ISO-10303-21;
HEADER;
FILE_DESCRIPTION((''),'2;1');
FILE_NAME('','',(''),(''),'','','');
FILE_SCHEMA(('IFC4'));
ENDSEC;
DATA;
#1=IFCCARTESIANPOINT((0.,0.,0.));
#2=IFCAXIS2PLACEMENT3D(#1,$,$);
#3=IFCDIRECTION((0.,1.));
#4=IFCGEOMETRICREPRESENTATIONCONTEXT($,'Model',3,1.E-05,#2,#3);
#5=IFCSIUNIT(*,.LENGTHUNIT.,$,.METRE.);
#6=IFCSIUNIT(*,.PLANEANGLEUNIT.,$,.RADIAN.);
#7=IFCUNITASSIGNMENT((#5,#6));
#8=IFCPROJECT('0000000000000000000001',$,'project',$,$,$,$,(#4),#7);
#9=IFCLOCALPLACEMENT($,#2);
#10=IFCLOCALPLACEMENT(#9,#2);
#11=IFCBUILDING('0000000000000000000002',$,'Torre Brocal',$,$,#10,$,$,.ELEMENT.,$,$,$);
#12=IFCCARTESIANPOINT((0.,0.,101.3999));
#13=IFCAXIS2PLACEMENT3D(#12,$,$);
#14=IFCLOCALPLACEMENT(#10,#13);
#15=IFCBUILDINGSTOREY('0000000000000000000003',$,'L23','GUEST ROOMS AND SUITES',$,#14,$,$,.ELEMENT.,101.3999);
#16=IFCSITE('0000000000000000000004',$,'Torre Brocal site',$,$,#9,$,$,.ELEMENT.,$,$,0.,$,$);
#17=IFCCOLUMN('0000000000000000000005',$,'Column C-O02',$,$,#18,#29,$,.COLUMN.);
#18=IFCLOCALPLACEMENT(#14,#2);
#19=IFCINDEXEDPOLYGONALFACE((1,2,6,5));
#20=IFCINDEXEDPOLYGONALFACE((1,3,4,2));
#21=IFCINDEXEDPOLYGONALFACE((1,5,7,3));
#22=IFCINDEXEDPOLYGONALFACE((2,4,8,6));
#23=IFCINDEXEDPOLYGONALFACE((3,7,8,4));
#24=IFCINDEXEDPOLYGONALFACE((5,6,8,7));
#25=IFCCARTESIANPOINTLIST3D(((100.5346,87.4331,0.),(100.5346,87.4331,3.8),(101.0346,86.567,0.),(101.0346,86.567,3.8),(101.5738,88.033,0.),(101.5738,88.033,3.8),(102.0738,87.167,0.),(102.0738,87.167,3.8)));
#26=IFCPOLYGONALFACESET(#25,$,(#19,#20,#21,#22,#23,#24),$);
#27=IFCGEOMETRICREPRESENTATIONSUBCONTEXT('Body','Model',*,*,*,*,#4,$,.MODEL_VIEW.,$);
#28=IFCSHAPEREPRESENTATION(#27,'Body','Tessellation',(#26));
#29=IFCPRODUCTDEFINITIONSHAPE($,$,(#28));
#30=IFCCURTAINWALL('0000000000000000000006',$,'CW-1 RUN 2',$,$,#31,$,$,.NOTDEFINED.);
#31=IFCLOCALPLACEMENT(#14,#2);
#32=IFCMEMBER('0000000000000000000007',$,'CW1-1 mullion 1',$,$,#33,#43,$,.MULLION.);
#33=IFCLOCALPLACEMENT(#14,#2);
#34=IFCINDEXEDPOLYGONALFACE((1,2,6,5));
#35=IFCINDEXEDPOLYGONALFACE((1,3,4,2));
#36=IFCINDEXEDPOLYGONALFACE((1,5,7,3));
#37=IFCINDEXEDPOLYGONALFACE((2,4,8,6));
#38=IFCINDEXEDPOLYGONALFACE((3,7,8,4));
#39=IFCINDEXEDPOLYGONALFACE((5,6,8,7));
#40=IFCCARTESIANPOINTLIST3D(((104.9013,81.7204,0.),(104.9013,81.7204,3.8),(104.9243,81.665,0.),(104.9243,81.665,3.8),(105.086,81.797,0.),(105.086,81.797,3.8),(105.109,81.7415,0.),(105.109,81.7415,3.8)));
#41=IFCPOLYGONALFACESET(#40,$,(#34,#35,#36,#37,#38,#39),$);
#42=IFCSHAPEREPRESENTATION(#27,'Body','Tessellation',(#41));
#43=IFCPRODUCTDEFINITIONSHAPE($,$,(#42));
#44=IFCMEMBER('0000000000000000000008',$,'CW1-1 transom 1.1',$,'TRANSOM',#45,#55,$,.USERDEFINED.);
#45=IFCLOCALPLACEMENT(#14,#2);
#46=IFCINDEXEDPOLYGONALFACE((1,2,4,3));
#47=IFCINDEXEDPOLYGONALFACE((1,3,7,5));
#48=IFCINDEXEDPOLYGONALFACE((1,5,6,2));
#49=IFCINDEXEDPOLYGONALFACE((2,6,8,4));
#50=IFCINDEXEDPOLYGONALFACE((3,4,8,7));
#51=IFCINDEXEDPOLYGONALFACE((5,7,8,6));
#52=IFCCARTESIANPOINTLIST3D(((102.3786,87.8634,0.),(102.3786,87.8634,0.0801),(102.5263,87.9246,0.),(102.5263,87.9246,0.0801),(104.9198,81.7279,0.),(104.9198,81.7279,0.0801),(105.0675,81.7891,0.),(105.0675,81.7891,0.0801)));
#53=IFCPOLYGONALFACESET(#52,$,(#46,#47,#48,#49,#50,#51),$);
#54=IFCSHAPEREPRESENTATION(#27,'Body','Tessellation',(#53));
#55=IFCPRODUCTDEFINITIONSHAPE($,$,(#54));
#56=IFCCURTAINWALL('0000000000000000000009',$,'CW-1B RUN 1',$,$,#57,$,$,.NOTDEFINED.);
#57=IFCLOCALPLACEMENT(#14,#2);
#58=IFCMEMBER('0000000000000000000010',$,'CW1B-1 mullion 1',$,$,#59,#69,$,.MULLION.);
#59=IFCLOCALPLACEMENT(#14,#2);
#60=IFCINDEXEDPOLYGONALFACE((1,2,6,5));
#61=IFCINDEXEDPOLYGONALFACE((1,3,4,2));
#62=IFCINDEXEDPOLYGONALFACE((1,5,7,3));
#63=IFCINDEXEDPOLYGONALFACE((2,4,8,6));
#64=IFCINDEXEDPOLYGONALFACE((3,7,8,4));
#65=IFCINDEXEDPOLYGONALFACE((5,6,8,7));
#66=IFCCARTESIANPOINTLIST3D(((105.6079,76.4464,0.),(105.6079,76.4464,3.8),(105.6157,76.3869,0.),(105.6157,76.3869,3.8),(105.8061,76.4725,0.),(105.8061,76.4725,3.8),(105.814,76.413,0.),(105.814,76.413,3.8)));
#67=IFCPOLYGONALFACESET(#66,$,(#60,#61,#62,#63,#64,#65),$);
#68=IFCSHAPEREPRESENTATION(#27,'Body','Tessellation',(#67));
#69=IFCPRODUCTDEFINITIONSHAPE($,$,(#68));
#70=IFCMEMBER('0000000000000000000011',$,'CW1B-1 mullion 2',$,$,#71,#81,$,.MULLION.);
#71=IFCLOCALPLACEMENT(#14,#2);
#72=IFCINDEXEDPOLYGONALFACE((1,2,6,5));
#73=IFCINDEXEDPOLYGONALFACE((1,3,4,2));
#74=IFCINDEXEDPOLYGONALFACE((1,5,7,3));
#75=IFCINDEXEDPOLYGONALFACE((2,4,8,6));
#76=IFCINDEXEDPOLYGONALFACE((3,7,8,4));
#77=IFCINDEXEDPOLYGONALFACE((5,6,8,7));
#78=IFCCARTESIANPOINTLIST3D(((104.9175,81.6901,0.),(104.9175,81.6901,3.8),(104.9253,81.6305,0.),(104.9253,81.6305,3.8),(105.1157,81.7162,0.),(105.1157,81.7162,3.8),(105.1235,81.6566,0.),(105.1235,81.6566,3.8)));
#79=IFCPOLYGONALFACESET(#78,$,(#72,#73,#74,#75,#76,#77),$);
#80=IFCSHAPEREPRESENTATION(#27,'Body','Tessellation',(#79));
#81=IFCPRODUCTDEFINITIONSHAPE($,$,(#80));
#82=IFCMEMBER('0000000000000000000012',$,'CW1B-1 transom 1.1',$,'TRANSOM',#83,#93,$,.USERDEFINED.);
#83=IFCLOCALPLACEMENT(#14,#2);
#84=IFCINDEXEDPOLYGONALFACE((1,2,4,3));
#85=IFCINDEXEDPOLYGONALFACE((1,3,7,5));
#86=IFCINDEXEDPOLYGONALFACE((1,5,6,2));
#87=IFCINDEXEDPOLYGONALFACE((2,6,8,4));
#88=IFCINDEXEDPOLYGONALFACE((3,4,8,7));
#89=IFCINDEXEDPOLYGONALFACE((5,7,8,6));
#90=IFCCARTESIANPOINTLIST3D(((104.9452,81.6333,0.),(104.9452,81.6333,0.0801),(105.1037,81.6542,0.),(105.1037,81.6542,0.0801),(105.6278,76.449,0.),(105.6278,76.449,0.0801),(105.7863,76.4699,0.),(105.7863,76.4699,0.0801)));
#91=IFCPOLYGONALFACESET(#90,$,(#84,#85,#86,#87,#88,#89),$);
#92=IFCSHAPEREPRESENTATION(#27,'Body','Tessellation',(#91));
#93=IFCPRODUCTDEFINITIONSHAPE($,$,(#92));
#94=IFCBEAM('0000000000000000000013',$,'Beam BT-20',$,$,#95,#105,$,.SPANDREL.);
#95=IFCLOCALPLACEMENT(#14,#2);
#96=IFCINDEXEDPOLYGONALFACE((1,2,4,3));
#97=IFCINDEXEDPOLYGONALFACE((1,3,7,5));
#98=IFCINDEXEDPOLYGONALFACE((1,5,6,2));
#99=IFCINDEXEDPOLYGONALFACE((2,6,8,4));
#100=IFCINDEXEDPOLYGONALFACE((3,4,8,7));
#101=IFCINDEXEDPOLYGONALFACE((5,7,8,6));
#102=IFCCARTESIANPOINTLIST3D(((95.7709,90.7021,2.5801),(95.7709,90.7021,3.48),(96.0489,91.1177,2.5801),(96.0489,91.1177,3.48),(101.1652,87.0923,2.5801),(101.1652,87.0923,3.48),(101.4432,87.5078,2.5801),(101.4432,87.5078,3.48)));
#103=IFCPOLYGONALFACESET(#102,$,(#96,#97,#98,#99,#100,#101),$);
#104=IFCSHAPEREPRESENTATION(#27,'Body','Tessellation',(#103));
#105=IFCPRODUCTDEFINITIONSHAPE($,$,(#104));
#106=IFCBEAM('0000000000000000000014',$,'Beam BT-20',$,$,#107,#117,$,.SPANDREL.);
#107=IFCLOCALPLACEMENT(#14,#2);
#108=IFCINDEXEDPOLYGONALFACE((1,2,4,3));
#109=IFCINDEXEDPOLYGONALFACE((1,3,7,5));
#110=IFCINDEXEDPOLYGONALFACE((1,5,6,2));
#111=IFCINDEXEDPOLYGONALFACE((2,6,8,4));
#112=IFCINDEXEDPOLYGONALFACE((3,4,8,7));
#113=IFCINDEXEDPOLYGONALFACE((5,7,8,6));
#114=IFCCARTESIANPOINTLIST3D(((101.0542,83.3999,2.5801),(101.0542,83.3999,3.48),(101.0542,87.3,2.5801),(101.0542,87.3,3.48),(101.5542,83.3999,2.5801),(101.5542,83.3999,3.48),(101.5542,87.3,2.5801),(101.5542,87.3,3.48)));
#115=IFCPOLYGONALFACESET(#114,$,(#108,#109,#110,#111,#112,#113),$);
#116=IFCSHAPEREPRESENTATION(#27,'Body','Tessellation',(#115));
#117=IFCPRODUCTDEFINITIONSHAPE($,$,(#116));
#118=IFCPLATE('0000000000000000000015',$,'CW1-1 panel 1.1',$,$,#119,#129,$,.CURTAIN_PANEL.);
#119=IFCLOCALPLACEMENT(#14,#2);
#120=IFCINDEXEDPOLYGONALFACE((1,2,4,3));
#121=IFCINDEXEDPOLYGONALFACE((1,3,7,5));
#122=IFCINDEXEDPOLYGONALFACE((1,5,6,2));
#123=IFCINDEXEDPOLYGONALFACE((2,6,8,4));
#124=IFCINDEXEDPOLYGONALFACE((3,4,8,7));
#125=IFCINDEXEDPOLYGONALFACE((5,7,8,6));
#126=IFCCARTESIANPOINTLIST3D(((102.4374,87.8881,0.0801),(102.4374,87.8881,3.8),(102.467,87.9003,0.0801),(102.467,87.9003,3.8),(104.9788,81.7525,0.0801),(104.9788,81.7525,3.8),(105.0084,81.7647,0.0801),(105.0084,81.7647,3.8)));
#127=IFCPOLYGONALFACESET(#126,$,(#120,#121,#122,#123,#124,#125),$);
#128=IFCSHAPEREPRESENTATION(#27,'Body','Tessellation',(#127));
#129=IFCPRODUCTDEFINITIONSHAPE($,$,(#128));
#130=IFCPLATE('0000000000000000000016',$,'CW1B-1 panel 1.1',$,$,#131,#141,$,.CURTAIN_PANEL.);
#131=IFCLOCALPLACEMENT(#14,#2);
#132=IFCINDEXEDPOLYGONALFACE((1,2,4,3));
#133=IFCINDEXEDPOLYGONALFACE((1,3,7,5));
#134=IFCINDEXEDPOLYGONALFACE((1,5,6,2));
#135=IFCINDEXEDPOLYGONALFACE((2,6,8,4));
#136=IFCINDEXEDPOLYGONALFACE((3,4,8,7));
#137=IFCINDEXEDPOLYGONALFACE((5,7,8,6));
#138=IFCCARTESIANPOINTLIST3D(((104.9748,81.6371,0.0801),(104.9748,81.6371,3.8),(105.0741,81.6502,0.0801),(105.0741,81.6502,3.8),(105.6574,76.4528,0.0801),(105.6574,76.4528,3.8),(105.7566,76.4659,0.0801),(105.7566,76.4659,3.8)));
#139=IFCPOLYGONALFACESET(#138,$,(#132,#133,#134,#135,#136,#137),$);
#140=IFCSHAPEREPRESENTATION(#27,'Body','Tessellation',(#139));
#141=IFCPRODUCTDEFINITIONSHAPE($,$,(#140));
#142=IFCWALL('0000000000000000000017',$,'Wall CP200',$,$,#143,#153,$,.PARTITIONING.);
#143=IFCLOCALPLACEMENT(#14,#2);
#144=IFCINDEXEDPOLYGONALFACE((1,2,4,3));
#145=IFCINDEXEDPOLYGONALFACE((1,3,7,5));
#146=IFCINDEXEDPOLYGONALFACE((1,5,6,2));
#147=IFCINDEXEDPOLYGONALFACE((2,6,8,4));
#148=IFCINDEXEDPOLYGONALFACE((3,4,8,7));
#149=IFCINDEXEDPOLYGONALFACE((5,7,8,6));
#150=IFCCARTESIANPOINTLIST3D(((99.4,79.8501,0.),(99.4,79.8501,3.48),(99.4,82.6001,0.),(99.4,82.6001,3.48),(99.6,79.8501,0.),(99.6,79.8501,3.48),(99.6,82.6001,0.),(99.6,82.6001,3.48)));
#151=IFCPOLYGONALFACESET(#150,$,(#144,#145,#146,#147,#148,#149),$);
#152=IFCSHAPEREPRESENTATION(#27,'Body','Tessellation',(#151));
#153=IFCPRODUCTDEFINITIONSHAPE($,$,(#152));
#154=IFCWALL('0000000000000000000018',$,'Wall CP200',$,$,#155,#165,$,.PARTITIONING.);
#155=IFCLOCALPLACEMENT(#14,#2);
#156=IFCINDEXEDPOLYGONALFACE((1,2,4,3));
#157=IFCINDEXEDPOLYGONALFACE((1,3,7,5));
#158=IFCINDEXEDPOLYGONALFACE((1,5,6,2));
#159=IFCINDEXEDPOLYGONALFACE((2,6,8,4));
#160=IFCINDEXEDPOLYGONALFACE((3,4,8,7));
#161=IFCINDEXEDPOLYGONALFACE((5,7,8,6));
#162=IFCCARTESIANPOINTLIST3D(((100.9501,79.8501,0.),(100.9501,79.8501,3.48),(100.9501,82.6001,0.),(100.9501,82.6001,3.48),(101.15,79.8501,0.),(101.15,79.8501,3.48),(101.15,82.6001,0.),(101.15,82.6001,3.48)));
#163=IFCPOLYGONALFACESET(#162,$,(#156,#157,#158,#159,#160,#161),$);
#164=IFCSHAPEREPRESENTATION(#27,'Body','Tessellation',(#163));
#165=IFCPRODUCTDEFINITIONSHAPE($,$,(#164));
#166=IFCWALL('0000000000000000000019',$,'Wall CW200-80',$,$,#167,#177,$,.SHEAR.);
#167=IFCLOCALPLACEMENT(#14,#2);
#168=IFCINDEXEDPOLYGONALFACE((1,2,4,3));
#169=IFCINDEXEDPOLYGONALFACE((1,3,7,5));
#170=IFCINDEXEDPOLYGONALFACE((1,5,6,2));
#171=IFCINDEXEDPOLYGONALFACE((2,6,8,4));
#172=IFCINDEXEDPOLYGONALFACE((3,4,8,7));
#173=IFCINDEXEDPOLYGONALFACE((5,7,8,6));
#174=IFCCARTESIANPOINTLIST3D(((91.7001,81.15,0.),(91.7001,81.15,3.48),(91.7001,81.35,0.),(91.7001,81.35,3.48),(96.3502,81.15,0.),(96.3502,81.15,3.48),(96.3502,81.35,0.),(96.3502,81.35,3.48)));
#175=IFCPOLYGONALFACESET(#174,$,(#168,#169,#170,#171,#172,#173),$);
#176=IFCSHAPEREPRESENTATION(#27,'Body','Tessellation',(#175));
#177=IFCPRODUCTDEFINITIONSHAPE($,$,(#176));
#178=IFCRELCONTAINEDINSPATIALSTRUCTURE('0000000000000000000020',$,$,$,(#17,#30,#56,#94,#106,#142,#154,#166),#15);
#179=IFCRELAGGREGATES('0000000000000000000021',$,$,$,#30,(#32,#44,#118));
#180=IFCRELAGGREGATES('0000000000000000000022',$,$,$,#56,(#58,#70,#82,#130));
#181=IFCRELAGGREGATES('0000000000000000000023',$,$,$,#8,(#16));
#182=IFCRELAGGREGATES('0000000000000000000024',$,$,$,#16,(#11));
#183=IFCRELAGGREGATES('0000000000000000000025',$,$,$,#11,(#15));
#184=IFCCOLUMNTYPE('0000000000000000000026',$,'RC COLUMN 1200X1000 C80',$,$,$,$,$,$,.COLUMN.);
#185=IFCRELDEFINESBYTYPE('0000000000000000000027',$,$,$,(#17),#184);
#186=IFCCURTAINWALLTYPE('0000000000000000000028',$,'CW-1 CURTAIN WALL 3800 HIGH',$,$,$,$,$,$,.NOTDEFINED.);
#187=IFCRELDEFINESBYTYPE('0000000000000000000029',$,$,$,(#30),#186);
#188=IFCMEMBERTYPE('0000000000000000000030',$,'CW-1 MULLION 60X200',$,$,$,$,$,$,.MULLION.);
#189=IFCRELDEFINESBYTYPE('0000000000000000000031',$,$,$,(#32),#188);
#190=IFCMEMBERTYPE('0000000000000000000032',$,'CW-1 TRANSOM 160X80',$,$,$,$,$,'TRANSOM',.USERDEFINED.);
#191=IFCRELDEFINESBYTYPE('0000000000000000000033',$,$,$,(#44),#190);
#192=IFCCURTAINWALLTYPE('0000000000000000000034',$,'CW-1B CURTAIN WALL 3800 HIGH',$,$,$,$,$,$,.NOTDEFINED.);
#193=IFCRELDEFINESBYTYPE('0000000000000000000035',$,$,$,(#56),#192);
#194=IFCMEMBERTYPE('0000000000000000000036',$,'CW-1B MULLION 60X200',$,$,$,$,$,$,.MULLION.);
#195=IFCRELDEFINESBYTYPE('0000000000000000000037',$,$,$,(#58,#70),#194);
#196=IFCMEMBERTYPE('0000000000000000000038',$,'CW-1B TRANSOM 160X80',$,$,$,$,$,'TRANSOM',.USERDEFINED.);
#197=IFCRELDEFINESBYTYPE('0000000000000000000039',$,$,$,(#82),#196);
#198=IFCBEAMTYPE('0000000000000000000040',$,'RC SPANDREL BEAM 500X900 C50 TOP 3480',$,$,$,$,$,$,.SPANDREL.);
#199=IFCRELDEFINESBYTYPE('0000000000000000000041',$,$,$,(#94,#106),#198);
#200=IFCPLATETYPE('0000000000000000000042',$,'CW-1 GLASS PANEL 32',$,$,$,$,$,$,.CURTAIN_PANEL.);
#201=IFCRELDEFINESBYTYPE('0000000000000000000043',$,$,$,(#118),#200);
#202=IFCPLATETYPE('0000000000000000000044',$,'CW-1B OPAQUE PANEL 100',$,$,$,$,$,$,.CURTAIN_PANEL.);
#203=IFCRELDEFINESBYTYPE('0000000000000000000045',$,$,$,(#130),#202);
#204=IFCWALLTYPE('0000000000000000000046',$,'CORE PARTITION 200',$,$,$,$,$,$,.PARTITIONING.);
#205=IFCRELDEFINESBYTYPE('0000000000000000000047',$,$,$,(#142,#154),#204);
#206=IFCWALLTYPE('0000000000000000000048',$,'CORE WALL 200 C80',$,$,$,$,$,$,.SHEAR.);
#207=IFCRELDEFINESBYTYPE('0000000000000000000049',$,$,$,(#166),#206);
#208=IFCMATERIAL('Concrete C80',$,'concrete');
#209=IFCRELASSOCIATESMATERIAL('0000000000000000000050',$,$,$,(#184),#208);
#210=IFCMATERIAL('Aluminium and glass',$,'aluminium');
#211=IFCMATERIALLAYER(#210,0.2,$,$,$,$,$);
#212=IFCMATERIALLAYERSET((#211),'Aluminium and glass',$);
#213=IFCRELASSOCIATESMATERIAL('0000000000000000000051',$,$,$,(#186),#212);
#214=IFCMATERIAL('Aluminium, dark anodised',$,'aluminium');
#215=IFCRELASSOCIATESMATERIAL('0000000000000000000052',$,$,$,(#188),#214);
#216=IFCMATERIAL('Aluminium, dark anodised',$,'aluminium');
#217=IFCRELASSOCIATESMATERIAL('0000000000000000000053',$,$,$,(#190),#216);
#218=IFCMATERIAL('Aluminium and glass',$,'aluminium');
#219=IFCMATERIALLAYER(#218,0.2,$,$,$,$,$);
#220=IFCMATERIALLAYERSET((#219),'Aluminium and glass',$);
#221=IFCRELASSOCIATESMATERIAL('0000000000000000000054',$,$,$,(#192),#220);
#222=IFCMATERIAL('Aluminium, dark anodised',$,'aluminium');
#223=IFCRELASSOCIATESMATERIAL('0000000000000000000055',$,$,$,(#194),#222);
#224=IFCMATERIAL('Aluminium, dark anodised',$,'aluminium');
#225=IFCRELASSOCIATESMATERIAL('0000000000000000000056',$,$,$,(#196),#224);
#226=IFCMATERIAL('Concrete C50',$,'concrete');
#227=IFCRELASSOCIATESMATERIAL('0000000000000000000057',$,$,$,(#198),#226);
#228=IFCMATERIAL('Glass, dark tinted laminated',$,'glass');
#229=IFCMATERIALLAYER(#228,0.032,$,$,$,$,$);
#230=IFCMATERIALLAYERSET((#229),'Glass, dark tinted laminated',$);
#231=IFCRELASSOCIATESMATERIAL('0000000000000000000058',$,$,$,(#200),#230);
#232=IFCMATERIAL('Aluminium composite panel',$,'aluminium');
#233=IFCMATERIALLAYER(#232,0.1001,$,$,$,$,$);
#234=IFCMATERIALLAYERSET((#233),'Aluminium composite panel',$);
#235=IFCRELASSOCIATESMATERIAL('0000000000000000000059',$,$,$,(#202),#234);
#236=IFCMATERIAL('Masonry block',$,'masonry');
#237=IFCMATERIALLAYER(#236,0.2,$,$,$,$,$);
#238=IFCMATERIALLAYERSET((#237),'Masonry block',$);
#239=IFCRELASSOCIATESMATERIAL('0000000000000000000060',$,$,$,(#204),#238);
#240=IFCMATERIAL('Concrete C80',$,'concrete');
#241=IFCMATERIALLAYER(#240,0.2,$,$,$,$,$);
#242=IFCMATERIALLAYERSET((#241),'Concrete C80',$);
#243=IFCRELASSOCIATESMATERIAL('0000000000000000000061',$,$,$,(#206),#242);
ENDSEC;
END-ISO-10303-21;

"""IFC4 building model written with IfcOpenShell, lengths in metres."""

from ifc_helpers import new_model, si_unit, direction, frame, frame_2d, origin, origin_2d, place, context, subcontext, project, spatial, rectangle, extrude, material, layer, layer_set, material_profile, profile_set, type_object, element, aggregate, save


model = new_model("IFC4")

# Units and contexts
model_context = context("Model", 3, precision=1e-05, world=origin(), true_north=direction((0.0, 1.0)))
body_context = subcontext(model_context, "Body", "Model", "MODEL_VIEW")
ifc_project = project(units=[si_unit("LENGTHUNIT", "METRE"), si_unit("PLANEANGLEUNIT", "RADIAN")], contexts=[model_context])

# Site, building, storey
site_placement = place(None, origin())
site = spatial("IfcSite", under=ifc_project, at=site_placement, Name="Torre Brocal site", CompositionType="ELEMENT", RefElevation=0.0)
building_placement = place(site_placement, origin())
building = spatial("IfcBuilding", under=site, at=building_placement, Name="Torre Brocal", CompositionType="ELEMENT")
storey_placement = place(building_placement, frame((0.0, 0.0, 101.3999)))
storey = spatial("IfcBuildingStorey", under=building, at=storey_placement, Name="L23", Description="GUEST ROOMS AND SUITES", CompositionType="ELEMENT", Elevation=101.3999)

# Column
ifc_material_1 = material(Name="Concrete C80", Category="concrete")
ifc_material_profile_1 = material_profile(ifc_material_1, rectangle(XDim=1.2, YDim=1.0, at=origin_2d()), Name="RC 1200X1000")
ifc_profile_set_1 = profile_set([ifc_material_profile_1], Name="Concrete C80")
column_type = type_object("IfcColumnType", Name="RC COLUMN 1200X1000 C80", PredefinedType="COLUMN", material=ifc_profile_set_1)
column_placement = place(storey_placement, frame((101.3042, 87.3, 0.0), z_axis=(0.0, 0.0, 1.0), x_axis=(0.866025, 0.5, 0.0)))
element("IfcColumn", 1, at=column_placement, inside=storey, type_object=column_type, Name="Column C-O02", PredefinedType="COLUMN", context=body_context, shape_type="SweptSolid", body=[
    extrude(rectangle(XDim=1.2, YDim=1.0, at=origin_2d()), origin(), (0.0, 0.0, 1.0), 3.8),
])

# Curtain walls, members
ifc_material_2 = material(Name="Aluminium and glass", Category="aluminium")
ifc_layer_1 = layer(ifc_material_2, 0.2)
ifc_layer_set_1 = layer_set([ifc_layer_1], Name="Aluminium and glass")
curtain_wall_type_1 = type_object("IfcCurtainWallType", Name="CW-1 CURTAIN WALL 3800 HIGH", PredefinedType="NOTDEFINED", material=ifc_layer_set_1)
curtain_wall_1_placement = place(storey_placement, origin())
curtain_wall_1 = element("IfcCurtainWall", 2, at=curtain_wall_1_placement, inside=storey, type_object=curtain_wall_type_1, Name="CW-1 RUN 2", PredefinedType="NOTDEFINED")
ifc_material_3 = material(Name="Aluminium, dark anodised", Category="aluminium")
ifc_material_profile_2 = material_profile(ifc_material_3, rectangle(XDim=0.2, YDim=0.0601, at=origin_2d()), Name="CW-1 MULLION 60X200")
ifc_profile_set_2 = profile_set([ifc_material_profile_2], Name="Aluminium, dark anodised")
member_type_1 = type_object("IfcMemberType", Name="CW-1 MULLION 60X200", PredefinedType="MULLION", material=ifc_profile_set_2)
member_1_placement = place(storey_placement, frame((105.0051, 81.731, 0.0), z_axis=(0.0, 0.0, 1.0), x_axis=(-0.92388, -0.382683, 0.0)))
member_1 = element("IfcMember", 3, at=member_1_placement, type_object=member_type_1, Name="CW1-1 mullion 1", PredefinedType="MULLION", context=body_context, shape_type="SweptSolid", body=[
    extrude(rectangle(XDim=0.2, YDim=0.0601, at=origin_2d()), origin(), (0.0, 0.0, 1.0), 3.8),
])
ifc_material_4 = material(Name="Aluminium, dark anodised", Category="aluminium")
ifc_material_profile_3 = material_profile(ifc_material_4, rectangle(XDim=0.1599, YDim=0.0801, at=origin_2d()), Name="CW-1 TRANSOM 160X80")
ifc_profile_set_3 = profile_set([ifc_material_profile_3], Name="Aluminium, dark anodised")
member_type_2 = type_object("IfcMemberType", Name="CW-1 TRANSOM 160X80", ElementType="TRANSOM", PredefinedType="USERDEFINED", material=ifc_profile_set_3)
member_2_placement = place(storey_placement, frame((104.9937, 81.7585, 0.04), z_axis=(-0.382665, 0.923887, 0.0), x_axis=(-0.923887, -0.382665, 0.0)))
member_2 = element("IfcMember", 4, at=member_2_placement, type_object=member_type_2, Name="CW1-1 transom 1.1", ObjectType="TRANSOM", PredefinedType="USERDEFINED", context=body_context, shape_type="SweptSolid", body=[
    extrude(rectangle(XDim=0.1599, YDim=0.0801, at=origin_2d()), origin(), (0.0, 0.0, 1.0), 6.6409),
])
ifc_material_5 = material(Name="Aluminium and glass", Category="aluminium")
ifc_layer_2 = layer(ifc_material_5, 0.2)
ifc_layer_set_2 = layer_set([ifc_layer_2], Name="Aluminium and glass")
curtain_wall_type_2 = type_object("IfcCurtainWallType", Name="CW-1B CURTAIN WALL 3800 HIGH", PredefinedType="NOTDEFINED", material=ifc_layer_set_2)
curtain_wall_2_placement = place(storey_placement, origin())
curtain_wall_2 = element("IfcCurtainWall", 5, at=curtain_wall_2_placement, inside=storey, type_object=curtain_wall_type_2, Name="CW-1B RUN 1", PredefinedType="NOTDEFINED")
ifc_material_6 = material(Name="Aluminium, dark anodised", Category="aluminium")
ifc_material_profile_4 = material_profile(ifc_material_6, rectangle(XDim=0.2, YDim=0.0601, at=origin_2d()), Name="CW-1B MULLION 60X200")
ifc_profile_set_4 = profile_set([ifc_material_profile_4], Name="Aluminium, dark anodised")
member_type_3 = type_object("IfcMemberType", Name="CW-1B MULLION 60X200", PredefinedType="MULLION", material=ifc_profile_set_4)
member_3_placement = place(storey_placement, frame((105.7109, 76.4297, 0.0), z_axis=(0.0, 0.0, 1.0), x_axis=(-0.991445, -0.130526, 0.0)))
member_3 = element("IfcMember", 6, at=member_3_placement, type_object=member_type_3, Name="CW1B-1 mullion 1", PredefinedType="MULLION", context=body_context, shape_type="SweptSolid", body=[
    extrude(rectangle(XDim=0.2, YDim=0.0601, at=origin_2d()), origin(), (0.0, 0.0, 1.0), 3.8),
])
member_4_placement = place(storey_placement, frame((105.0205, 81.6733, 0.0), z_axis=(0.0, 0.0, 1.0), x_axis=(-0.991445, -0.130526, 0.0)))
member_4 = element("IfcMember", 7, at=member_4_placement, type_object=member_type_3, Name="CW1B-1 mullion 2", PredefinedType="MULLION", context=body_context, shape_type="SweptSolid", body=[
    extrude(rectangle(XDim=0.2, YDim=0.0601, at=origin_2d()), origin(), (0.0, 0.0, 1.0), 3.8),
])
ifc_material_7 = material(Name="Aluminium, dark anodised", Category="aluminium")
ifc_material_profile_5 = material_profile(ifc_material_7, rectangle(XDim=0.1599, YDim=0.0801, at=origin_2d()), Name="CW-1B TRANSOM 160X80")
ifc_profile_set_5 = profile_set([ifc_material_profile_5], Name="Aluminium, dark anodised")
member_type_4 = type_object("IfcMemberType", Name="CW-1B TRANSOM 160X80", ElementType="TRANSOM", PredefinedType="USERDEFINED", material=ifc_profile_set_5)
member_5_placement = place(storey_placement, frame((105.707, 76.4595, 0.04), z_axis=(-0.130543, 0.991443, 0.0), x_axis=(-0.991443, -0.130543, 0.0)))
member_5 = element("IfcMember", 8, at=member_5_placement, type_object=member_type_4, Name="CW1B-1 transom 1.1", ObjectType="TRANSOM", PredefinedType="USERDEFINED", context=body_context, shape_type="SweptSolid", body=[
    extrude(rectangle(XDim=0.1599, YDim=0.0801, at=origin_2d()), origin(), (0.0, 0.0, 1.0), 5.229),
])

# Beams
ifc_material_8 = material(Name="Concrete C50", Category="concrete")
ifc_material_profile_6 = material_profile(ifc_material_8, rectangle(XDim=0.5, YDim=0.8999, at=origin_2d()), Name="RC 500X900")
ifc_profile_set_6 = profile_set([ifc_material_profile_6], Name="Concrete C50")
beam_type = type_object("IfcBeamType", Name="RC SPANDREL BEAM 500X900 C50 TOP 3480", PredefinedType="SPANDREL", material=ifc_profile_set_6)
beam_1_placement = place(storey_placement, frame((101.3042, 87.3, 3.03), z_axis=(-0.831077, 0.556158, 0.0), x_axis=(-0.556158, -0.831077, 0.0)))
element("IfcBeam", 9, at=beam_1_placement, inside=storey, type_object=beam_type, Name="Beam BT-20", PredefinedType="SPANDREL", context=body_context, shape_type="SweptSolid", body=[
    extrude(rectangle(XDim=0.5, YDim=0.8999, at=origin_2d()), origin(), (0.0, 0.0, 1.0), 6.4907),
])
beam_2_placement = place(storey_placement, frame((101.3042, 87.3, 3.03), z_axis=(0.0, -1.0, 0.0), x_axis=(1.0, 0.0, 0.0)))
element("IfcBeam", 10, at=beam_2_placement, inside=storey, type_object=beam_type, Name="Beam BT-20", PredefinedType="SPANDREL", context=body_context, shape_type="SweptSolid", body=[
    extrude(rectangle(XDim=0.5, YDim=0.8999, at=origin_2d()), origin(), (0.0, 0.0, 1.0), 3.9001),
])

# Plates
ifc_material_9 = material(Name="Glass, dark tinted laminated", Category="glass")
ifc_layer_3 = layer(ifc_material_9, 0.032)
ifc_layer_set_3 = layer_set([ifc_layer_3], Name="Glass, dark tinted laminated")
plate_type_1 = type_object("IfcPlateType", Name="CW-1 GLASS PANEL 32", PredefinedType="CURTAIN_PANEL", material=ifc_layer_set_3)
plate_1_placement = place(storey_placement, frame((103.7229, 84.8264, 0.0801), z_axis=(0.0, 0.0, 1.0), x_axis=(-0.382683, 0.92388, 0.0)))
plate_1 = element("IfcPlate", 11, at=plate_1_placement, type_object=plate_type_1, Name="CW1-1 panel 1.1", PredefinedType="CURTAIN_PANEL", context=body_context, shape_type="SweptSolid", body=[
    extrude(rectangle(XDim=6.6411, YDim=0.032, at=origin_2d()), origin(), (0.0, 0.0, 1.0), 3.72),
])
aggregate(curtain_wall_1, [member_1, member_2, plate_1])
ifc_material_10 = material(Name="Aluminium composite panel", Category="aluminium")
ifc_layer_4 = layer(ifc_material_10, 0.1001)
ifc_layer_set_4 = layer_set([ifc_layer_4], Name="Aluminium composite panel")
plate_type_2 = type_object("IfcPlateType", Name="CW-1B OPAQUE PANEL 100", PredefinedType="CURTAIN_PANEL", material=ifc_layer_set_4)
plate_2_placement = place(storey_placement, frame((105.3657, 79.0515, 0.0801), z_axis=(0.0, 0.0, 1.0), x_axis=(-0.130526, 0.991445, 0.0)))
plate_2 = element("IfcPlate", 12, at=plate_2_placement, type_object=plate_type_2, Name="CW1B-1 panel 1.1", PredefinedType="CURTAIN_PANEL", context=body_context, shape_type="SweptSolid", body=[
    extrude(rectangle(XDim=5.229, YDim=0.1001, at=origin_2d()), origin(), (0.0, 0.0, 1.0), 3.72),
])
aggregate(curtain_wall_2, [member_3, member_4, member_5, plate_2])

# Walls
ifc_material_11 = material(Name="Masonry block", Category="masonry")
ifc_layer_5 = layer(ifc_material_11, 0.2)
ifc_layer_set_5 = layer_set([ifc_layer_5], Name="Masonry block")
wall_type_1 = type_object("IfcWallType", Name="CORE PARTITION 200", PredefinedType="PARTITIONING", material=ifc_layer_set_5)
for number, where, z_axis, x_axis, name in (
    (13, (99.5, 79.8501, 0.0), (0.0, 0.0, 1.0), (0.0, 1.0, 0.0), "Wall CP200"),
    (14, (101.05, 79.8501, 0.0), (0.0, 0.0, 1.0), (0.0, 1.0, 0.0), "Wall CP200"),
):
    element("IfcWall", number, at=place(storey_placement, frame(where, z_axis=z_axis, x_axis=x_axis)), inside=storey, type_object=wall_type_1, Name=name, PredefinedType="PARTITIONING", context=body_context, shape_type="SweptSolid", body=[
        extrude(rectangle(XDim=2.75, YDim=0.2, at=frame_2d((1.375, 0.0))), origin(), (0.0, 0.0, 1.0), 3.48),
    ])
ifc_material_12 = material(Name="Concrete C80", Category="concrete")
ifc_layer_6 = layer(ifc_material_12, 0.2)
ifc_layer_set_6 = layer_set([ifc_layer_6], Name="Concrete C80")
wall_type_2 = type_object("IfcWallType", Name="CORE WALL 200 C80", PredefinedType="SHEAR", material=ifc_layer_set_6)
wall_1_placement = place(storey_placement, frame((91.7, 81.25, 0.0), z_axis=(0.0, 0.0, 1.0), x_axis=(1.0, 0.0, 0.0)))
element("IfcWall", 15, at=wall_1_placement, inside=storey, type_object=wall_type_2, Name="Wall CW200-80", PredefinedType="SHEAR", context=body_context, shape_type="SweptSolid", body=[
    extrude(rectangle(XDim=4.6501, YDim=0.2, at=frame_2d((2.3252, 0.0))), origin(), (0.0, 0.0, 1.0), 3.48),
])

save(model, "model.ifc")
